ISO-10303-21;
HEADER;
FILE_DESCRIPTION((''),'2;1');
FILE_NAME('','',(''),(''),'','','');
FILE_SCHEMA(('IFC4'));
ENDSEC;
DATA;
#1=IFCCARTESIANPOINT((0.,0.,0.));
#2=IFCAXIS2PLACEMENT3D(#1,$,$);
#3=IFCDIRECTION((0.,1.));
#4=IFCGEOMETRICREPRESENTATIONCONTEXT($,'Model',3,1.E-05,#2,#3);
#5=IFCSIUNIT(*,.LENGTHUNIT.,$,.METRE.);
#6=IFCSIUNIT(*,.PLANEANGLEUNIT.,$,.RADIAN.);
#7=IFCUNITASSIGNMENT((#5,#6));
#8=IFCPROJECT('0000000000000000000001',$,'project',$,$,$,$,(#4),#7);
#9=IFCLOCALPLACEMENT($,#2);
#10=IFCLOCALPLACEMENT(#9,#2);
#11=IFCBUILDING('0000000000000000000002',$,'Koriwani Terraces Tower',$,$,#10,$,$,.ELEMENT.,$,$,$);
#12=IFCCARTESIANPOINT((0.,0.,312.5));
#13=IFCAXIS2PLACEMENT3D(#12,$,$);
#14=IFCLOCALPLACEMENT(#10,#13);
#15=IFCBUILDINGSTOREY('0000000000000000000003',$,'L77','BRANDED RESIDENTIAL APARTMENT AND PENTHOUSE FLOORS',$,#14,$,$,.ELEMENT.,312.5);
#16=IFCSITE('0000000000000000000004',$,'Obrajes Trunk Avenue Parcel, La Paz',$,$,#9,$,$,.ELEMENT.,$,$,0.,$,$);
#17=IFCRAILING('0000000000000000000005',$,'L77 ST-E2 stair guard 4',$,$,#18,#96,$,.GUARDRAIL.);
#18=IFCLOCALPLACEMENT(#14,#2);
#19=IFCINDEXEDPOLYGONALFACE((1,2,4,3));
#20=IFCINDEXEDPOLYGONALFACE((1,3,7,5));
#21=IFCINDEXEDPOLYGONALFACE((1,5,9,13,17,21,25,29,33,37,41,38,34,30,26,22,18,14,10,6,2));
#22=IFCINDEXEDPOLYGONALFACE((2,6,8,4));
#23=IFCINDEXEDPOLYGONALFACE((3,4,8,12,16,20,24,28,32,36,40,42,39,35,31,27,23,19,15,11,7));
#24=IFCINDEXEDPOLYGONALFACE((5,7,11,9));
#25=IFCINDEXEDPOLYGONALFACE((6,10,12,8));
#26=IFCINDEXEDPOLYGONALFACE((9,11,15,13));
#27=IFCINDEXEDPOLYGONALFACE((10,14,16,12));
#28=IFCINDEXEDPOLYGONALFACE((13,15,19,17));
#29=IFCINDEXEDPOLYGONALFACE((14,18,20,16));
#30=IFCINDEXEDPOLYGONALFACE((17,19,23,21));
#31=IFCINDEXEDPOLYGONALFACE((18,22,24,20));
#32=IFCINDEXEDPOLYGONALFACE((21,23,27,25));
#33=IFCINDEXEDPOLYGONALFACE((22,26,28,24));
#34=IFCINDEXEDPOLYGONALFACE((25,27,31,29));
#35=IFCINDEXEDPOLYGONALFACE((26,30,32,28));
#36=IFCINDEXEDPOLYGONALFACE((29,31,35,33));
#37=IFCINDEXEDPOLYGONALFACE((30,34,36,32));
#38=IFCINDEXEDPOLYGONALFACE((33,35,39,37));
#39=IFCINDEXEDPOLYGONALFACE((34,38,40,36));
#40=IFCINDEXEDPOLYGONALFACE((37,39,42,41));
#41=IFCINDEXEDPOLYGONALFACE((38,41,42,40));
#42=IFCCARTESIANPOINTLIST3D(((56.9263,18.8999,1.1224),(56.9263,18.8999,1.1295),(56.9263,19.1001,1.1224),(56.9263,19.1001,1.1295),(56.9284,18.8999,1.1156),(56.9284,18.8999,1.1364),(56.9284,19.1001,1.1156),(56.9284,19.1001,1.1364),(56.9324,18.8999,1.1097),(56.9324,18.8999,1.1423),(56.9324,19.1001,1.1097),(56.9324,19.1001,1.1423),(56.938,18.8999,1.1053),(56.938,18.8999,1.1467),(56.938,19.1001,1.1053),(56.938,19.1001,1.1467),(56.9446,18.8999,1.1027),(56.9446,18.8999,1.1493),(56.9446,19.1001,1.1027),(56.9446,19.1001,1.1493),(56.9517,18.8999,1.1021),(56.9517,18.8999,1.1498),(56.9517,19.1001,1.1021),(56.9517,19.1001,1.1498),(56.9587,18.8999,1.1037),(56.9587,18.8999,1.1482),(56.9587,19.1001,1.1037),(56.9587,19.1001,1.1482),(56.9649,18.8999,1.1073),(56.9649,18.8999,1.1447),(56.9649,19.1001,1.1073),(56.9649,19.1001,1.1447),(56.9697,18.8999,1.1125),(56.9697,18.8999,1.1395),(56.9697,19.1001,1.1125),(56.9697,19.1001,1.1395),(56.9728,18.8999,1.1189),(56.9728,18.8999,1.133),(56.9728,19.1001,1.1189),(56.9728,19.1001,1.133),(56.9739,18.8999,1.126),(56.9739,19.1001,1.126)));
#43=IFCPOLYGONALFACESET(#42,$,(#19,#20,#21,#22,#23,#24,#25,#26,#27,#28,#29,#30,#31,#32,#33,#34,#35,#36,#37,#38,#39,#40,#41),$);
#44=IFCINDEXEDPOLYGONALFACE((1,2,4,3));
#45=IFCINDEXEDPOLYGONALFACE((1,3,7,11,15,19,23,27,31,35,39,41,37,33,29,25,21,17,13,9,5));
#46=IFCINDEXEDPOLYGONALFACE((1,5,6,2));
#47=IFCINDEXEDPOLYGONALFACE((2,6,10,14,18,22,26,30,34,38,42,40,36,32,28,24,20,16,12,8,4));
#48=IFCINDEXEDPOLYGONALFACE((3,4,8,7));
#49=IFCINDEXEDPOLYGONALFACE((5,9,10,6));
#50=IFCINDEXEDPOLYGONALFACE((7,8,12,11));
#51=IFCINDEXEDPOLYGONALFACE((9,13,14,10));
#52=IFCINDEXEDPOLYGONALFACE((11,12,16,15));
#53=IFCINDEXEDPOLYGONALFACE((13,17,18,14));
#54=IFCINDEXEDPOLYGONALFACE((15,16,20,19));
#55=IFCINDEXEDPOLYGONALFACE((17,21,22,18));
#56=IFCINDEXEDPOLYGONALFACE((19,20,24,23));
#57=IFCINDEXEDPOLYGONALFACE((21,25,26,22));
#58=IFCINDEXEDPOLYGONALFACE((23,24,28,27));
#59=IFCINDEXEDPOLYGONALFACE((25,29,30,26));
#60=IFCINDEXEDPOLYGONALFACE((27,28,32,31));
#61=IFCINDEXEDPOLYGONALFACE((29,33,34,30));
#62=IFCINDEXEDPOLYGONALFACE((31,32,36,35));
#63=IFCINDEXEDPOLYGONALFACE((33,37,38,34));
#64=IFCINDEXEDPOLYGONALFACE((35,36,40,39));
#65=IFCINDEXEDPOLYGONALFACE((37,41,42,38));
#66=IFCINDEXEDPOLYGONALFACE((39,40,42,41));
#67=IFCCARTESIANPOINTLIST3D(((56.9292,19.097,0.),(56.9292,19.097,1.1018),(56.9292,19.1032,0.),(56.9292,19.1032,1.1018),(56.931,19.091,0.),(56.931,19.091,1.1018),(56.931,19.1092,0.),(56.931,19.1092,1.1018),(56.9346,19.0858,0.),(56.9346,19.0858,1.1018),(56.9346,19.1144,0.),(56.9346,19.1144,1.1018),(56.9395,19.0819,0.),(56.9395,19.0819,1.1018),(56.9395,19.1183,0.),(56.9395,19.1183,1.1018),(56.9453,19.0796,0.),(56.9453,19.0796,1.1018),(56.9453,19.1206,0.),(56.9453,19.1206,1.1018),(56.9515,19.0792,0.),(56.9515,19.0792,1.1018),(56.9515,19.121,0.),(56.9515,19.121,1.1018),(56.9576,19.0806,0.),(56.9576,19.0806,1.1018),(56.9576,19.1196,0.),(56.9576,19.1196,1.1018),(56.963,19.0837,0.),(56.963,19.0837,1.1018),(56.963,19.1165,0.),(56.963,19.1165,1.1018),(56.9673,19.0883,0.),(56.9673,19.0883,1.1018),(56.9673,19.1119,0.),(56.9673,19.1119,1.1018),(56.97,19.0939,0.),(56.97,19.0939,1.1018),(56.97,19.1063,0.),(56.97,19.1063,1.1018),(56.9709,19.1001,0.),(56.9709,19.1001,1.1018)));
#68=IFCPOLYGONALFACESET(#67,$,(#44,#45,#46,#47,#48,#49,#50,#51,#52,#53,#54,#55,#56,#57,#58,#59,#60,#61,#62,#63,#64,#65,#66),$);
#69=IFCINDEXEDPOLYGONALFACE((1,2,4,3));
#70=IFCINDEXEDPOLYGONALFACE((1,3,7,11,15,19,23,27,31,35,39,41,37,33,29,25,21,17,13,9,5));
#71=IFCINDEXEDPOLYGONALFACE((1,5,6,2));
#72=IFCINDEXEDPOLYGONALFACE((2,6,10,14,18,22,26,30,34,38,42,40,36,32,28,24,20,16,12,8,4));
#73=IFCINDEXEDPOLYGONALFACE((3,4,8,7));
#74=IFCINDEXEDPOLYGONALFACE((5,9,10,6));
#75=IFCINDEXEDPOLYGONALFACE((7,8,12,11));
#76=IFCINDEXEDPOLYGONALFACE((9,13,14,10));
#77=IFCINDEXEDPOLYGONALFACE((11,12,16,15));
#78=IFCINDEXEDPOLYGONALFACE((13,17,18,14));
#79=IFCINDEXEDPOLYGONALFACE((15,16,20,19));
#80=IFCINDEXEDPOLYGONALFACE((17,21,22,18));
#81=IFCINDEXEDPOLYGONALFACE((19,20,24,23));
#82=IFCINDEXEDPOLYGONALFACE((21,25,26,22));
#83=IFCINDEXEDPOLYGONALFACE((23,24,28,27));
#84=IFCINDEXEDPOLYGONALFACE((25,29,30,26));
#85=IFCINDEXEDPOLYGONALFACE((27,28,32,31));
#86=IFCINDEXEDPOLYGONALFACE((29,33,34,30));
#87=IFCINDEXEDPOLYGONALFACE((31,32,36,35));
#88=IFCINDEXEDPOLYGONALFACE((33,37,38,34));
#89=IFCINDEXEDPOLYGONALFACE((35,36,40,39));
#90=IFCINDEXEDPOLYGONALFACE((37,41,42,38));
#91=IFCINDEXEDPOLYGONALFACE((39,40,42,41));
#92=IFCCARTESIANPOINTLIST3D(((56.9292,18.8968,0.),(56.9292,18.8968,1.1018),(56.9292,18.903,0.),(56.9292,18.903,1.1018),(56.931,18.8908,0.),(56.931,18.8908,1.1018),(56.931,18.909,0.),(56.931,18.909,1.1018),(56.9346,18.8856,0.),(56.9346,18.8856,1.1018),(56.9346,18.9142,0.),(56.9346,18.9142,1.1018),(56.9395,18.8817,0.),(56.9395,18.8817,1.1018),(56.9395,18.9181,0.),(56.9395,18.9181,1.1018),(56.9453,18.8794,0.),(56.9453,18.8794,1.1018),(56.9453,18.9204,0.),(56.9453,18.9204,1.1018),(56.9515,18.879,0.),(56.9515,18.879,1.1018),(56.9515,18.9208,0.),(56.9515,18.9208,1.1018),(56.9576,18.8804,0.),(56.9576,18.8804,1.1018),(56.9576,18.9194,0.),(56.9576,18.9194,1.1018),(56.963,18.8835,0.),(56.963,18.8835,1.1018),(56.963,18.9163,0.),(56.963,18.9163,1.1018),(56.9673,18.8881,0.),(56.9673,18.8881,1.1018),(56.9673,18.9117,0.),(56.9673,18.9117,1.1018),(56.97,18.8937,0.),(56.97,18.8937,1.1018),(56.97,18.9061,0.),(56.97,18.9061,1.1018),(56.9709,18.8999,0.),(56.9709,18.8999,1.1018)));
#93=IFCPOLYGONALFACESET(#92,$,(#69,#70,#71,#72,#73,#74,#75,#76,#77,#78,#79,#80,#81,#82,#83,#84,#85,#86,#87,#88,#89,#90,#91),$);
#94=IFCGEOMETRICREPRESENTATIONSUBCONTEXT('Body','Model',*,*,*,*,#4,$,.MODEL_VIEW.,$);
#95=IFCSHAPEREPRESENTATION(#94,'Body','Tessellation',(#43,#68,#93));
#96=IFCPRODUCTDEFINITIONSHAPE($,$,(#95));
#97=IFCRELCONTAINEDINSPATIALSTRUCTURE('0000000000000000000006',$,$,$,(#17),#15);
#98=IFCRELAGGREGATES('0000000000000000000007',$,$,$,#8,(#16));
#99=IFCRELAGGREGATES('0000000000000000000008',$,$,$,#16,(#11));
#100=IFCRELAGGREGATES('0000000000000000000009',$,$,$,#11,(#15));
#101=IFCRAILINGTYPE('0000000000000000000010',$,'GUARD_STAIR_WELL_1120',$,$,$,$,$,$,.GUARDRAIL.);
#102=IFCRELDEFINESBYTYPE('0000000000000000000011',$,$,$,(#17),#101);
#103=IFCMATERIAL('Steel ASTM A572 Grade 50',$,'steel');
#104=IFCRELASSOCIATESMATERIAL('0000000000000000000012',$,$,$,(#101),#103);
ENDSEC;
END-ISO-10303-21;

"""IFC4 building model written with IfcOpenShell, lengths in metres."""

from ifc_helpers import new_model, si_unit, direction, frame, origin, origin_2d, place, context, subcontext, project, spatial, circle, extrude, material, type_object, element, save


model = new_model("IFC4")

# Units and contexts
model_context = context("Model", 3, precision=1e-05, world=origin(), true_north=direction((0.0, 1.0)))
body_context = subcontext(model_context, "Body", "Model", "MODEL_VIEW")
ifc_project = project(units=[si_unit("LENGTHUNIT", "METRE"), si_unit("PLANEANGLEUNIT", "RADIAN")], contexts=[model_context])

# Site, building, storey
site_placement = place(None, origin())
site = spatial("IfcSite", under=ifc_project, at=site_placement, Name="Obrajes Trunk Avenue Parcel, La Paz", CompositionType="ELEMENT", RefElevation=0.0)
building_placement = place(site_placement, origin())
building = spatial("IfcBuilding", under=site, at=building_placement, Name="Koriwani Terraces Tower", CompositionType="ELEMENT")
storey_placement = place(building_placement, frame((0.0, 0.0, 312.5)))
storey = spatial("IfcBuildingStorey", under=building, at=storey_placement, Name="L77", Description="BRANDED RESIDENTIAL APARTMENT AND PENTHOUSE FLOORS", CompositionType="ELEMENT", Elevation=312.5)

# Shared definitions
ifc_material_1 = material(Name="Steel ASTM A572 Grade 50", Category="steel")

# Railing
railing_type_1 = type_object("IfcRailingType", Name="GUARD_STAIR_WELL_1120", PredefinedType="GUARDRAIL", material=ifc_material_1)
railing_1_placement = place(storey_placement, frame((56.95, 19.1001, 0.0)))
element("IfcRailing", 1, at=railing_1_placement, inside=storey, type_object=railing_type_1, Name="L77 ST-E2 stair guard 4", PredefinedType="GUARDRAIL", context=body_context, shape_type="SweptSolid", body=[
    extrude(circle(Radius=0.0239, at=origin_2d()), frame((0.0, 0.0, 1.126), z_axis=(0.0, -1.0, 0.0), x_axis=(1.0, 0.0, 0.0)), (0.0, 0.0, 1.0), 0.2002),
    extrude(circle(Radius=0.021, at=origin_2d()), origin(), (0.0, 0.0, 1.0), 1.1018),
    extrude(circle(Radius=0.021, at=origin_2d()), frame((0.0, -0.2002, 0.0)), (0.0, 0.0, 1.0), 1.1018),
])

save(model, "model.ifc")
